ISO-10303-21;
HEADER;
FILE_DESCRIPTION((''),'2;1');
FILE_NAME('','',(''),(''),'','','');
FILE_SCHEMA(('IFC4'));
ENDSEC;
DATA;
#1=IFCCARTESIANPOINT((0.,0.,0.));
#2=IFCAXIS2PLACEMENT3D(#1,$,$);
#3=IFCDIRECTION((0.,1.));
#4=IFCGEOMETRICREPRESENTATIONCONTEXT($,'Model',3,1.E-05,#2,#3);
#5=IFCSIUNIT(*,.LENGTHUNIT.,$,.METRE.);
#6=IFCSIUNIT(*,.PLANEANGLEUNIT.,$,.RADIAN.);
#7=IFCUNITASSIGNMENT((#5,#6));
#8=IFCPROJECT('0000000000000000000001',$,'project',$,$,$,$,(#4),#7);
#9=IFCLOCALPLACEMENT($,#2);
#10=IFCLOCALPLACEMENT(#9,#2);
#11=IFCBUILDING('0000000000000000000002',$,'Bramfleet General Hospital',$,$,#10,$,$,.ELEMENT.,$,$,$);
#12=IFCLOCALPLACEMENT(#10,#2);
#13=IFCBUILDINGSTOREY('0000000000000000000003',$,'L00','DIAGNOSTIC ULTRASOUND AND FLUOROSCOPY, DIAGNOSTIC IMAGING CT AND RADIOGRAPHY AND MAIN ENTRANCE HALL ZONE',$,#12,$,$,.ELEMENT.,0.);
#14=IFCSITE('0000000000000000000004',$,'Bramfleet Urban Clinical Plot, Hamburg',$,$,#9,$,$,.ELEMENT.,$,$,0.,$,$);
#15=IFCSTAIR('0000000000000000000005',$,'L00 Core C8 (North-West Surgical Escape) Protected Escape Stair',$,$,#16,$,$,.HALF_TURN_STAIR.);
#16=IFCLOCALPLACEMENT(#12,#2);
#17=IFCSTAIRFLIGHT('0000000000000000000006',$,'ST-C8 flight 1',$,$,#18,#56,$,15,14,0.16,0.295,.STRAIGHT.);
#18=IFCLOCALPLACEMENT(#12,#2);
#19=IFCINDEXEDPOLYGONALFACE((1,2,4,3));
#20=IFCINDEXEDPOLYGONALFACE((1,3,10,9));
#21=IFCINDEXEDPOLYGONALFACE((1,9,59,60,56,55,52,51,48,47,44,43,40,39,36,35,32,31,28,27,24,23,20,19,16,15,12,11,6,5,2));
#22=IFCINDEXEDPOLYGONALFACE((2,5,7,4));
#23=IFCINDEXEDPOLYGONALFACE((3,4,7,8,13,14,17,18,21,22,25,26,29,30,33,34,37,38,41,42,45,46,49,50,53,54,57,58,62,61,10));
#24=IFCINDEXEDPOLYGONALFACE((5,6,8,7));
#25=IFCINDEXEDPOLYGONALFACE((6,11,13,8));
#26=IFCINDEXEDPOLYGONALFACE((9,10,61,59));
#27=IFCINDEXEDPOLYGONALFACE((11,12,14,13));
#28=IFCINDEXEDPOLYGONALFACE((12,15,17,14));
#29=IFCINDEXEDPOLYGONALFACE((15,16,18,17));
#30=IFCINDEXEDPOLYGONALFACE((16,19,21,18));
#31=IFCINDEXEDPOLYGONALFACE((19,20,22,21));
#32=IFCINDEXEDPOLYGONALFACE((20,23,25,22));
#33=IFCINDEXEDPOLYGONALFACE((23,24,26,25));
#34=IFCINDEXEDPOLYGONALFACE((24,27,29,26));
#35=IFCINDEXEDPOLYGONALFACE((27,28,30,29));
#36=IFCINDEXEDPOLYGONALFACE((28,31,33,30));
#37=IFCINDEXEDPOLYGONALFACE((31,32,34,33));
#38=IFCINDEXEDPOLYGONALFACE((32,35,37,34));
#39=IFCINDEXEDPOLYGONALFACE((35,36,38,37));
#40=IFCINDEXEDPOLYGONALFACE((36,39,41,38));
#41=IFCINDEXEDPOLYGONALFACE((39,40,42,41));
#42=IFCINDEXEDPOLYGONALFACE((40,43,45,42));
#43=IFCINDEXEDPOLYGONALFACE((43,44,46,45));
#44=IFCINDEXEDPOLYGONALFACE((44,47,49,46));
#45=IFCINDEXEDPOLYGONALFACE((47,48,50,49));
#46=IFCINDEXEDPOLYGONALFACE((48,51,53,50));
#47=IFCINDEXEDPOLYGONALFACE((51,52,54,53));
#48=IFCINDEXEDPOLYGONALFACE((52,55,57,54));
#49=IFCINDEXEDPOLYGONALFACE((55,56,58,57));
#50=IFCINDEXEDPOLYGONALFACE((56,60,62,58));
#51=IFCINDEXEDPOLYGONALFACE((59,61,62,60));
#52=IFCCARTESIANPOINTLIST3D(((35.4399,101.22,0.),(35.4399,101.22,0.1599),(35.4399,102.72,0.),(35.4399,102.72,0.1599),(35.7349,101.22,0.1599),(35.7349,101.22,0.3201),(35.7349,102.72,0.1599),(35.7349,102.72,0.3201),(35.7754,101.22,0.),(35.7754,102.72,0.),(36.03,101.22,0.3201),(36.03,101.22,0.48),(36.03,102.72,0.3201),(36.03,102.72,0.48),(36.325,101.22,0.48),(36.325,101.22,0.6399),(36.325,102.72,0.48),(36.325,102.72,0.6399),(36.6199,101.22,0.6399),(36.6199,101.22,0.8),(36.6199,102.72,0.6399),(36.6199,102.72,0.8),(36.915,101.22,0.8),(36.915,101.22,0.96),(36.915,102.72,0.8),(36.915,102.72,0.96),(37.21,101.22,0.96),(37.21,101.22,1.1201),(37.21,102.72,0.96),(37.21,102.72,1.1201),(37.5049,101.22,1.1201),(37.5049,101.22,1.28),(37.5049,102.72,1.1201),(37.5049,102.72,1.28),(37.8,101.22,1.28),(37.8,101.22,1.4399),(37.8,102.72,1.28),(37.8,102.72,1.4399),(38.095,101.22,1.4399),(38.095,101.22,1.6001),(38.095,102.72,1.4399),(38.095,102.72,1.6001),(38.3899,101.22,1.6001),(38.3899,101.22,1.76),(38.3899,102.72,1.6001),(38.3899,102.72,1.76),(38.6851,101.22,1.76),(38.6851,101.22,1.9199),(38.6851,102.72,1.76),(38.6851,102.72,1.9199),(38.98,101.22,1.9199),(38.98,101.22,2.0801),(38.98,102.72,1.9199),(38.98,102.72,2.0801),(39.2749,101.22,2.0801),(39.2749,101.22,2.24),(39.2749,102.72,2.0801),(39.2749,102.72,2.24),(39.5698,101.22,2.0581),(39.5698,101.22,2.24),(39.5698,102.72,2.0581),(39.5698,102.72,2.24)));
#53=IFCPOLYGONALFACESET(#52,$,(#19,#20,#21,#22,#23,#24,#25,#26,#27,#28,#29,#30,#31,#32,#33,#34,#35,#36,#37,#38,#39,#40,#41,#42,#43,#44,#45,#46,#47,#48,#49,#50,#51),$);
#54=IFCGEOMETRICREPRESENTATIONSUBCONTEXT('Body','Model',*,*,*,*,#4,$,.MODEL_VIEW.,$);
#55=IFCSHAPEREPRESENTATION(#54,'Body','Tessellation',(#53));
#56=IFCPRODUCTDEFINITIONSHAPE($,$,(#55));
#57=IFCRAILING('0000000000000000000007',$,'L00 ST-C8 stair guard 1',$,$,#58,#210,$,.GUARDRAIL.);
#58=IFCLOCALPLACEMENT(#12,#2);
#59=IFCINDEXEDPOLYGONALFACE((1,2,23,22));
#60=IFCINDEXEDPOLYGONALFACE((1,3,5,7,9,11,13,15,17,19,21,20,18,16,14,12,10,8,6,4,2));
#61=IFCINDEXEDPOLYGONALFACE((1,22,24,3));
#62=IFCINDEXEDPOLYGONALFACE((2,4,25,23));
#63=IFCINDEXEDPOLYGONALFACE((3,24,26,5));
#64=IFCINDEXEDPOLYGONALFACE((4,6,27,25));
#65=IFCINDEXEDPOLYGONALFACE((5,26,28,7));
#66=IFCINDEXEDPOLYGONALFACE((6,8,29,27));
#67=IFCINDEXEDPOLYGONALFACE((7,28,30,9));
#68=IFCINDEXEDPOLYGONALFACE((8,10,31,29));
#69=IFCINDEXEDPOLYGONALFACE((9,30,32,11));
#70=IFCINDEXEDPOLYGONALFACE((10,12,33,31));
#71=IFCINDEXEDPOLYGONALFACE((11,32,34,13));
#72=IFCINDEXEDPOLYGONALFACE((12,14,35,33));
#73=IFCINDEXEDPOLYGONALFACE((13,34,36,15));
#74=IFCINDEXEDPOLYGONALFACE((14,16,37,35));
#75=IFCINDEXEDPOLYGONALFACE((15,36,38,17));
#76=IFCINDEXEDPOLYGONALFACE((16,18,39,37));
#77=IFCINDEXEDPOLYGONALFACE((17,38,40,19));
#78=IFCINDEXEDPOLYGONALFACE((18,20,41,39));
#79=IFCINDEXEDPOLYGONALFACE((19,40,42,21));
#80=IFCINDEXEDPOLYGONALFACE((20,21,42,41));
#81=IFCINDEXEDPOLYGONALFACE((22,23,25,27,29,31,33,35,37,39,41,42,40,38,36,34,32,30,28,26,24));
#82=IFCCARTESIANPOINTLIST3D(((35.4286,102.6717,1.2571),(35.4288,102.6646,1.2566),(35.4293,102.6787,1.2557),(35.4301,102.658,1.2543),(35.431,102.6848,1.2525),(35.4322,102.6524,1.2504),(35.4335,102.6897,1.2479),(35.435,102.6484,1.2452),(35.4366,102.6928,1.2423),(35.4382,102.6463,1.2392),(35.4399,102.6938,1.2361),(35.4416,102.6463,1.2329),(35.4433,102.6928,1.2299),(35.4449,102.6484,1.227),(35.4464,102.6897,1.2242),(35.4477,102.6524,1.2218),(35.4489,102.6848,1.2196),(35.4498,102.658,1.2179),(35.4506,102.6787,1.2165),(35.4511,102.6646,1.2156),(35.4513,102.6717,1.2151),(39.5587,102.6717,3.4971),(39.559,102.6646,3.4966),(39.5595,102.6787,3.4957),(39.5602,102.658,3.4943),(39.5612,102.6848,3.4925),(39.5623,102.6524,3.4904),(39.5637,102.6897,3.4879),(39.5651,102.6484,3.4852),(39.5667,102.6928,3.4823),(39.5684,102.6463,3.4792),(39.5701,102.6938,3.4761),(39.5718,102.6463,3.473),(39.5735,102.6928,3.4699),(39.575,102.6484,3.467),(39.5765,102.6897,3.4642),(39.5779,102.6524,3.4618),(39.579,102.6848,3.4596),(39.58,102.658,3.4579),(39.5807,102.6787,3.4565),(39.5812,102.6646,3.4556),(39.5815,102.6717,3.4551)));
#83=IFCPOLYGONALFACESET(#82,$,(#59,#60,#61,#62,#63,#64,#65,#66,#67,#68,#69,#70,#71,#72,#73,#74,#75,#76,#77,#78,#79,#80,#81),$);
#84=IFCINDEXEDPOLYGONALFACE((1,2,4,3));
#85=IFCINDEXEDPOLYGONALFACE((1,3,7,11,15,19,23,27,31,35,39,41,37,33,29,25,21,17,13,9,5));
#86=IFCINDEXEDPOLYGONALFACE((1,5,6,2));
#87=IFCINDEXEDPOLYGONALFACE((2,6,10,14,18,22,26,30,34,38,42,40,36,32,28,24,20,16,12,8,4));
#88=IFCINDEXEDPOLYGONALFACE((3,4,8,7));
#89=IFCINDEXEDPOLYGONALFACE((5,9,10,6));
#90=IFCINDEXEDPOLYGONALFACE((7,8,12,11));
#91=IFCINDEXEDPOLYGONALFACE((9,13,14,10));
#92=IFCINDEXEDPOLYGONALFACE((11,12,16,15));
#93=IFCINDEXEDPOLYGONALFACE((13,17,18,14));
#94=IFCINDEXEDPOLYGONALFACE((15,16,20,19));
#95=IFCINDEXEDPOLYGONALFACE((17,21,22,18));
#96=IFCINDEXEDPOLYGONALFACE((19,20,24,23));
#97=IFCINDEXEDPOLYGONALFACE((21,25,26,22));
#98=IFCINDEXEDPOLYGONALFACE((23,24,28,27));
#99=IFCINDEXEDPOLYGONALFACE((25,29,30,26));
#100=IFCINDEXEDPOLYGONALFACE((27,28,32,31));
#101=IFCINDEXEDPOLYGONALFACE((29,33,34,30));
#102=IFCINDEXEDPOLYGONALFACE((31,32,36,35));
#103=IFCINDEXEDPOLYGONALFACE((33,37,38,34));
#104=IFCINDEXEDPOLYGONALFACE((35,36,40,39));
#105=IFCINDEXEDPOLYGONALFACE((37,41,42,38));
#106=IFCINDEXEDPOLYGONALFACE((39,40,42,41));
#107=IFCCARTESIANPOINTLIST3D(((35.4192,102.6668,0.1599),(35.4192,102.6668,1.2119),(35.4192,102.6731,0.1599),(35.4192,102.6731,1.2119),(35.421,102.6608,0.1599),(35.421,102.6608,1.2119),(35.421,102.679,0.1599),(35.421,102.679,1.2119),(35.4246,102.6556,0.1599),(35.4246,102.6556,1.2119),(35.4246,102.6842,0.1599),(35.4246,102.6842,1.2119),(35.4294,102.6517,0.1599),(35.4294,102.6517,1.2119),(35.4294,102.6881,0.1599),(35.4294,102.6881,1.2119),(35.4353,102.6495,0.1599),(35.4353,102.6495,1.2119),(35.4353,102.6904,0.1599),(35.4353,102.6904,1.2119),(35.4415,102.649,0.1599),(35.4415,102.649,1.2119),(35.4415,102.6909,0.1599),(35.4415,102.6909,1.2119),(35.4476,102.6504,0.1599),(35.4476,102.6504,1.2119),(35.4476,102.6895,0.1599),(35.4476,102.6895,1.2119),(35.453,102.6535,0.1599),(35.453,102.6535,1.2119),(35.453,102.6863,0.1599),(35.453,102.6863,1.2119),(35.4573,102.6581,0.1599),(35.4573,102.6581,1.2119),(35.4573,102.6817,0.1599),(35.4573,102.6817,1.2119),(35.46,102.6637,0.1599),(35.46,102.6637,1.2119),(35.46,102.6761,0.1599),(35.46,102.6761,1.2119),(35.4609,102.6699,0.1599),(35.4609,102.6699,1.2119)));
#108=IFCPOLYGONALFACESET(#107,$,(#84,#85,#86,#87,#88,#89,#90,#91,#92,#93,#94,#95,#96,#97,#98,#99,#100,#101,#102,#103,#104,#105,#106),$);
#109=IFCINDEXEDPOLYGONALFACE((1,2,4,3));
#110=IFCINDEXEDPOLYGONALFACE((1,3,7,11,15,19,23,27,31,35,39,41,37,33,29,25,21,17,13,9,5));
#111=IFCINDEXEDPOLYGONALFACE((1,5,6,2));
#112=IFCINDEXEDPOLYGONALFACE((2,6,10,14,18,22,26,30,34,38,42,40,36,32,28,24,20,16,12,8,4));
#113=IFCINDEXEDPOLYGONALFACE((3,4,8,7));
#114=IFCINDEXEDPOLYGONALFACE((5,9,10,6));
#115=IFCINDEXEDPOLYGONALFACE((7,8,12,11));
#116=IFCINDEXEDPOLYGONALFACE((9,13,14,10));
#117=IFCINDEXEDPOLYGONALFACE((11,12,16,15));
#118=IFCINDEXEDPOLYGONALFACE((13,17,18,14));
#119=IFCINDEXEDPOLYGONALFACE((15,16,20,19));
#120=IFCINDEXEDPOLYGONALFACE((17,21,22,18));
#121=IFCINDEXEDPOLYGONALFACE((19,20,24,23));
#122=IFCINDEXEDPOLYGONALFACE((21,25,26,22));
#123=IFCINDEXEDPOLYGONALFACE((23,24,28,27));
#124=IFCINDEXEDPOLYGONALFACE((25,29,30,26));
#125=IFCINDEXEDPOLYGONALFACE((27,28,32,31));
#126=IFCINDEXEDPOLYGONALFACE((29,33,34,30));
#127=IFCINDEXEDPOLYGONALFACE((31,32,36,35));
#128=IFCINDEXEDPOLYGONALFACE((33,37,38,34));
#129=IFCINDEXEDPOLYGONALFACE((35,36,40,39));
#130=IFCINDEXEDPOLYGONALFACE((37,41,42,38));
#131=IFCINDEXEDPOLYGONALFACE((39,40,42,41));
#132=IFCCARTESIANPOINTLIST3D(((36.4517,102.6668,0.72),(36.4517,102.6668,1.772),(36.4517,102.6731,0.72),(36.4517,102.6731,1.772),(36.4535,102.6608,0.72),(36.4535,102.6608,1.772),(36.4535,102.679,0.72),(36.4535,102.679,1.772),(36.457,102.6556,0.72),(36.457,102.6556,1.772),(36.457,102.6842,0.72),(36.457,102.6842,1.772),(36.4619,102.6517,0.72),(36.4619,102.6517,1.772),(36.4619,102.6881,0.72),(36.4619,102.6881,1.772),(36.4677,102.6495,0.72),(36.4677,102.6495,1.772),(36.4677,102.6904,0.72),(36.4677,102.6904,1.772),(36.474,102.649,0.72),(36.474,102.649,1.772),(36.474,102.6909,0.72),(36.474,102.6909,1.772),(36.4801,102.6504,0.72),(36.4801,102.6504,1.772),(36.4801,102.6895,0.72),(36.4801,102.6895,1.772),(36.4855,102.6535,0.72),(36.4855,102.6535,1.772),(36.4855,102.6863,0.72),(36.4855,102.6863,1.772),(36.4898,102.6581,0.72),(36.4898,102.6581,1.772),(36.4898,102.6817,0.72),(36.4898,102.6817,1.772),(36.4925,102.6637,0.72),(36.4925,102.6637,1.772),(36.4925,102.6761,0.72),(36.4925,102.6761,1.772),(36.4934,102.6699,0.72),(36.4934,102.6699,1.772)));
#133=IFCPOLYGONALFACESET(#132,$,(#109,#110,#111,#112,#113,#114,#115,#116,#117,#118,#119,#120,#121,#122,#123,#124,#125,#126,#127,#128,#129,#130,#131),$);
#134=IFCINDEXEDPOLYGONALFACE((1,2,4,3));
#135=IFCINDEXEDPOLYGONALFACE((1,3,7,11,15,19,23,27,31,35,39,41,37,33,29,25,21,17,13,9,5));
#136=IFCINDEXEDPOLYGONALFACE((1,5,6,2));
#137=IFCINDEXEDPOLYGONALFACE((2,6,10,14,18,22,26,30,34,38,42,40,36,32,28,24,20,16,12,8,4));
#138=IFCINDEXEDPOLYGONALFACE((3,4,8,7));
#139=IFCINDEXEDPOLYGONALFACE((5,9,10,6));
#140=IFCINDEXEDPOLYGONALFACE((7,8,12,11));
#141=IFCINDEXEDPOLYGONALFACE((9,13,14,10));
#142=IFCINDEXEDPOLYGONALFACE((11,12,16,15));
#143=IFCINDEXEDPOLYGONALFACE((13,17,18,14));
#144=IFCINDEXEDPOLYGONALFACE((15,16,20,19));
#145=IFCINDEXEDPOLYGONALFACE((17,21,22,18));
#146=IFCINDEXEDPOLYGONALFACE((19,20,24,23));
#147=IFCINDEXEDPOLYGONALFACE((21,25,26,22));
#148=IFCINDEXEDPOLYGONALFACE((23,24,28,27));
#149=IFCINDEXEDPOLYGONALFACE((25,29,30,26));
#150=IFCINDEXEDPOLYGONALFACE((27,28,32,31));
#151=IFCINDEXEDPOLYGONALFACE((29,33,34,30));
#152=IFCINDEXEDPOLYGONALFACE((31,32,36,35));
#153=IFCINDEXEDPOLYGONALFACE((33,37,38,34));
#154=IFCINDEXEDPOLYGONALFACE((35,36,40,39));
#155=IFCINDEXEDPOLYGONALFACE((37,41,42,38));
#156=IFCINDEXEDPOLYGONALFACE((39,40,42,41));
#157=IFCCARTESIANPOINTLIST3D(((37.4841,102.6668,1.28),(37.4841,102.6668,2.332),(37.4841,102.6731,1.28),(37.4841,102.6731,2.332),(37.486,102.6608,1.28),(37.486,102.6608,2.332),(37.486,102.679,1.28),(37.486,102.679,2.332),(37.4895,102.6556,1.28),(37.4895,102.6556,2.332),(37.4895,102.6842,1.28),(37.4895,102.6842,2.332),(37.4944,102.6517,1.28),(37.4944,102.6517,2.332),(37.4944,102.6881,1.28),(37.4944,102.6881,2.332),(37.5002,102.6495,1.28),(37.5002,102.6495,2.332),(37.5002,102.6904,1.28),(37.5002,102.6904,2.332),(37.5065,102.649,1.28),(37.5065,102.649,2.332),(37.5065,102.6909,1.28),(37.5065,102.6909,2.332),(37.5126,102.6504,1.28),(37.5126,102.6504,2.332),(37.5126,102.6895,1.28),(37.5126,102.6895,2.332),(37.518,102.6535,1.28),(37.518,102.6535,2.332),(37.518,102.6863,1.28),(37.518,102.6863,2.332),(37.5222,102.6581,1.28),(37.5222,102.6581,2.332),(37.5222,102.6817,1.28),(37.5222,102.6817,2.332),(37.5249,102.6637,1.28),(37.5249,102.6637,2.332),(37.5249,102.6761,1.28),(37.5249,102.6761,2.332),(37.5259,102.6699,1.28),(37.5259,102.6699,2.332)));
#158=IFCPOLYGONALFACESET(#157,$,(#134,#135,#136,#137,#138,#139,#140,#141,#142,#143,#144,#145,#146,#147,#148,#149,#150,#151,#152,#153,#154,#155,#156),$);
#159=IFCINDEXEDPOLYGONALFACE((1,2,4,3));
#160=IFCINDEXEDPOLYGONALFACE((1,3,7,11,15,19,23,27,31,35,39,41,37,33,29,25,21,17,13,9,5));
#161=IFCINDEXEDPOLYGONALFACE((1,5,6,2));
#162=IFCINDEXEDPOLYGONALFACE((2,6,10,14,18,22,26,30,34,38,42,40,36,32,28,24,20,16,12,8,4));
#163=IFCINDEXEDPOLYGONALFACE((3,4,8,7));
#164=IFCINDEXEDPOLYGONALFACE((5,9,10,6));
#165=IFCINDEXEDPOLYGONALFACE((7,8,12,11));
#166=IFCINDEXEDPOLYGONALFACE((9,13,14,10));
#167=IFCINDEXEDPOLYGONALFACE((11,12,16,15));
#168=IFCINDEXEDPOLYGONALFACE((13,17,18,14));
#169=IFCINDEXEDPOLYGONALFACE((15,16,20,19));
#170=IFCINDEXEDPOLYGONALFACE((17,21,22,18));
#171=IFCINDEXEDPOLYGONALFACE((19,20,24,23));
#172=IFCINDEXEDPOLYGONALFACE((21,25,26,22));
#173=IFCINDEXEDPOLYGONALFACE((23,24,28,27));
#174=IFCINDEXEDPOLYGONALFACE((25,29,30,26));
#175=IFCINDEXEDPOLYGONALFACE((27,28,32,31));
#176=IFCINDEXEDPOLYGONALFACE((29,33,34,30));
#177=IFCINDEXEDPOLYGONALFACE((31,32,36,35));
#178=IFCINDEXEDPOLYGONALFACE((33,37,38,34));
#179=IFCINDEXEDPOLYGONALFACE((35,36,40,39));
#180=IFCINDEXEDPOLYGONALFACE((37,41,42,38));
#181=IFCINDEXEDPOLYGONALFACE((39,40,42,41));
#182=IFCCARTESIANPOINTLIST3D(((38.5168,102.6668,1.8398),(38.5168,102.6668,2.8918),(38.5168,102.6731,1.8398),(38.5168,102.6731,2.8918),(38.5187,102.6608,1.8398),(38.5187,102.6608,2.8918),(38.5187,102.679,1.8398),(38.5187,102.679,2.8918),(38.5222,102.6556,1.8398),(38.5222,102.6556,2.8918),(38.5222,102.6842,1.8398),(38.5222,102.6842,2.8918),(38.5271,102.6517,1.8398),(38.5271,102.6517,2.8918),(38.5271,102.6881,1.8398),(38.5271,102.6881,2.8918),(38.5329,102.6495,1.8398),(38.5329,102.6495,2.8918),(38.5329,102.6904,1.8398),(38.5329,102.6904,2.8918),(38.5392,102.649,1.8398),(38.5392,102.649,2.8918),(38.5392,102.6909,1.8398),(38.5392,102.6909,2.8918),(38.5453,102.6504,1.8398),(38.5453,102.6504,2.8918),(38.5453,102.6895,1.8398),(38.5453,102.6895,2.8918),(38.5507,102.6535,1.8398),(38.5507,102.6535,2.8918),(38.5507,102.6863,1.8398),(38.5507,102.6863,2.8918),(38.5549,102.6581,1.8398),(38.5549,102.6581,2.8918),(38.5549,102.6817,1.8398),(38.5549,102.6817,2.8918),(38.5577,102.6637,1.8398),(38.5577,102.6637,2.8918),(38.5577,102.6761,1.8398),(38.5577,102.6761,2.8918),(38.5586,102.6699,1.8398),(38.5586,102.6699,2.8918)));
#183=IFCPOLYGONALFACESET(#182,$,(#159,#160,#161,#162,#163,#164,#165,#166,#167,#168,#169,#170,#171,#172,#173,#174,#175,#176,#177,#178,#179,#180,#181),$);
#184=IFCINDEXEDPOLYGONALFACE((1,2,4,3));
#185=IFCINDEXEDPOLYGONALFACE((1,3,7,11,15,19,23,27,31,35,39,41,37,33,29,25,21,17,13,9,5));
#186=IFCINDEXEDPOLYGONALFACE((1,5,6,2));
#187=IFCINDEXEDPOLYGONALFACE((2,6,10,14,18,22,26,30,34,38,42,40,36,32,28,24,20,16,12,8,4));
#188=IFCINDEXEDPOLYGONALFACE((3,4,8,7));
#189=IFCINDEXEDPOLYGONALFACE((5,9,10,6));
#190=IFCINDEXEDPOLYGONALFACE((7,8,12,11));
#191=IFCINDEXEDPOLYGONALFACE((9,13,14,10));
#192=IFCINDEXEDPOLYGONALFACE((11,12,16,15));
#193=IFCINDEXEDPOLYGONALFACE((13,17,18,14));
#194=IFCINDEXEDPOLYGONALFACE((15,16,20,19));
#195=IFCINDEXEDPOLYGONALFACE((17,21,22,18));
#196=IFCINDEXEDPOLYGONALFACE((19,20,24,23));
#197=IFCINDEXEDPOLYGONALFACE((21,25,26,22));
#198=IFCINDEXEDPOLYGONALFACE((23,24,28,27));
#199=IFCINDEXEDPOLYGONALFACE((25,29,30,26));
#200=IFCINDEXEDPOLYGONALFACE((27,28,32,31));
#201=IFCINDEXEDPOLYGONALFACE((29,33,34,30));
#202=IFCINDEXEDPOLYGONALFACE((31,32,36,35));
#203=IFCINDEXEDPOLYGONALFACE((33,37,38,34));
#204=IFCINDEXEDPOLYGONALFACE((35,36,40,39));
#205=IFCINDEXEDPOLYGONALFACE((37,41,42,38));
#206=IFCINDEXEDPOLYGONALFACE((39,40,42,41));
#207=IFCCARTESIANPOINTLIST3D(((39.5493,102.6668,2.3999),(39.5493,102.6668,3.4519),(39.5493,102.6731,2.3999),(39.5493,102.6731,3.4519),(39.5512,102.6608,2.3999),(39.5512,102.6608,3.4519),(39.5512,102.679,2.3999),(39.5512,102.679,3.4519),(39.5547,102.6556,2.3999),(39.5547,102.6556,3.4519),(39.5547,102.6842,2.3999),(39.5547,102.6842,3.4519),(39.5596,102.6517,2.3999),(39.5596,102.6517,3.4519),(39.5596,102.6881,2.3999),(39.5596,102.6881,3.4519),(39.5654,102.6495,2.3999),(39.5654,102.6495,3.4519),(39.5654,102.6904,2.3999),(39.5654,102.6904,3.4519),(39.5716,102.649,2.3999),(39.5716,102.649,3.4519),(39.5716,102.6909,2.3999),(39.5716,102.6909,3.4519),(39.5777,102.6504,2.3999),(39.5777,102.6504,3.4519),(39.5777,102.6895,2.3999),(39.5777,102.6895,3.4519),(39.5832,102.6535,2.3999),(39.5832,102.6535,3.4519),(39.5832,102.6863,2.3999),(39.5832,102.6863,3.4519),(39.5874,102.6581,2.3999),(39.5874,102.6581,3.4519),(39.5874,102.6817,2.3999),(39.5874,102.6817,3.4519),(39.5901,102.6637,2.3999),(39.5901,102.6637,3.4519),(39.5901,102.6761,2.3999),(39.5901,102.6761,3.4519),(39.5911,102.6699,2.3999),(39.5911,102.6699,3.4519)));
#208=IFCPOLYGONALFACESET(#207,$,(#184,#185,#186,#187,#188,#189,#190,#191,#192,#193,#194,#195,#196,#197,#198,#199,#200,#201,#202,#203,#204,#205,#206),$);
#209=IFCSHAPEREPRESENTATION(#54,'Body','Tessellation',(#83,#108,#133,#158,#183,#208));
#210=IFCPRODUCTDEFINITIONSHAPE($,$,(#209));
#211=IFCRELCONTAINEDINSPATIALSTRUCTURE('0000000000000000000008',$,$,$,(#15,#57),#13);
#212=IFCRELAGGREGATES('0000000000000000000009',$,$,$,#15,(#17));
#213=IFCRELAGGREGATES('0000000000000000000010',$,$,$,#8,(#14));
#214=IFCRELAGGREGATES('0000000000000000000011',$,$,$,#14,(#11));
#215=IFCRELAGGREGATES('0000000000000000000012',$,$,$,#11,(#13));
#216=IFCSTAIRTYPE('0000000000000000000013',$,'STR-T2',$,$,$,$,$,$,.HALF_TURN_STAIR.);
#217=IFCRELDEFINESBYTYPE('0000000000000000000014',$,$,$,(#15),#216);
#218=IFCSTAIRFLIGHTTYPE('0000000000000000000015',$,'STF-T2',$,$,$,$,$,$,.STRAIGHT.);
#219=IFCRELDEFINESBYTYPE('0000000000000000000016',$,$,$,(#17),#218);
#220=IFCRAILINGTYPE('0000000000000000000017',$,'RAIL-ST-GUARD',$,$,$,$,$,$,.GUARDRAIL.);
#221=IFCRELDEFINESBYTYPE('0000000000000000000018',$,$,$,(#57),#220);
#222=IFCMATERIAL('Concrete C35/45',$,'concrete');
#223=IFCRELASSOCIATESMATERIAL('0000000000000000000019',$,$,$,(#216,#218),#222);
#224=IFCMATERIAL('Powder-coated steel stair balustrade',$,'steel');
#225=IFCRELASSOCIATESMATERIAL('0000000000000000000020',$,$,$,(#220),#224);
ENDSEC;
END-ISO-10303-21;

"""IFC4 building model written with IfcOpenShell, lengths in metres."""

from ifc_helpers import new_model, si_unit, direction, frame, origin, origin_2d, place, context, subcontext, project, spatial, polyline, circle, outline, extrude, material, type_object, element, aggregate, save


model = new_model("IFC4")

# Units and contexts
model_context = context("Model", 3, precision=1e-05, world=origin(), true_north=direction((0.0, 1.0)))
body_context = subcontext(model_context, "Body", "Model", "MODEL_VIEW")
ifc_project = project(units=[si_unit("LENGTHUNIT", "METRE"), si_unit("PLANEANGLEUNIT", "RADIAN")], contexts=[model_context])

# Site, building, storey
site_placement = place(None, origin())
site = spatial("IfcSite", under=ifc_project, at=site_placement, Name="Bramfleet Urban Clinical Plot, Hamburg", CompositionType="ELEMENT", RefElevation=0.0)
building_placement = place(site_placement, origin())
building = spatial("IfcBuilding", under=site, at=building_placement, Name="Bramfleet General Hospital", CompositionType="ELEMENT")
storey_placement = place(building_placement, origin())
storey = spatial("IfcBuildingStorey", under=building, at=storey_placement, Name="L00", Description="DIAGNOSTIC ULTRASOUND AND FLUOROSCOPY, DIAGNOSTIC IMAGING CT AND RADIOGRAPHY AND MAIN ENTRANCE HALL ZONE", CompositionType="ELEMENT", Elevation=0.0)

# Shared definitions
ifc_material_1 = material(Name="Concrete C35/45", Category="concrete")

# Stair, stair flight
stair_type = type_object("IfcStairType", Name="STR-T2", PredefinedType="HALF_TURN_STAIR", material=ifc_material_1)
stair_placement = place(storey_placement, origin())
stair = element("IfcStair", 1, at=stair_placement, inside=storey, type_object=stair_type, Name="L00 Core C8 (North-West Surgical Escape) Protected Escape Stair", PredefinedType="HALF_TURN_STAIR")
stair_flight_type = type_object("IfcStairFlightType", Name="STF-T2", PredefinedType="STRAIGHT", material=ifc_material_1)
stair_flight_placement = place(storey_placement, frame((35.4399, 101.97, 0.0), z_axis=(0.0, 0.0, 1.0), x_axis=(1.0, 0.0, 0.0)))
stair_flight = element("IfcStairFlight", 2, at=stair_flight_placement, type_object=stair_flight_type, Name="ST-C8 flight 1", NumberOfRisers=15, NumberOfTreads=14, PredefinedType="STRAIGHT", RiserHeight=0.16, TreadLength=0.295, context=body_context, shape_type="SweptSolid", body=[
    extrude(outline(polyline([(0.0, 0.0), (0.0, 0.1599), (0.2949, 0.1599), (0.2949, 0.3201), (0.5901, 0.3201), (0.5901, 0.48), (0.885, 0.48), (0.885, 0.6399), (1.1799, 0.6399), (1.1799, 0.8), (1.4751, 0.8), (1.4751, 0.96), (1.77, 0.96), (1.77, 1.1201), (2.0649, 1.1201), (2.0649, 1.28), (2.3601, 1.28), (2.3601, 1.4399), (2.655, 1.4399), (2.655, 1.6001), (2.95, 1.6001), (2.95, 1.76), (3.2451, 1.76), (3.2451, 1.9199), (3.54, 1.9199), (3.54, 2.0801), (3.835, 2.0801), (3.835, 2.24), (4.1299, 2.24), (4.1299, 2.3999), (4.1299, 2.0581), (0.3354, 0.0), (0.0, 0.0)])), frame((0.0, 0.75, 0.0), z_axis=(0.0, -1.0, 0.0), x_axis=(1.0, 0.0, 0.0)), (0.0, 0.0, 1.0), 1.5),
])
aggregate(stair, [stair_flight])

# Railing
ifc_material_2 = material(Name="Powder-coated steel stair balustrade", Category="steel")
railing_type_1 = type_object("IfcRailingType", Name="RAIL-ST-GUARD", PredefinedType="GUARDRAIL", material=ifc_material_2)
railing_1_placement = place(storey_placement, frame((35.4399, 102.6699, 0.1599)))
element("IfcRailing", 3, at=railing_1_placement, inside=storey, type_object=railing_type_1, Name="L00 ST-C8 stair guard 1", PredefinedType="GUARDRAIL", context=body_context, shape_type="SweptSolid", body=[
    extrude(circle(Radius=0.0239, at=origin_2d()), frame((0.0, 0.0, 1.0762), z_axis=(0.879039, 0.0, 0.47675), x_axis=(0.0, 1.0, 0.0)), (0.0, 0.0, 1.0), 4.6985),
    extrude(circle(Radius=0.021, at=origin_2d()), origin(), (0.0, 0.0, 1.0), 1.052),
    extrude(circle(Radius=0.021, at=origin_2d()), frame((1.0325, 0.0, 0.5601)), (0.0, 0.0, 1.0), 1.052),
    extrude(circle(Radius=0.021, at=origin_2d()), frame((2.0649, 0.0, 1.1201)), (0.0, 0.0, 1.0), 1.052),
    extrude(circle(Radius=0.021, at=origin_2d()), frame((3.0977, 0.0, 1.6799)), (0.0, 0.0, 1.0), 1.052),
    extrude(circle(Radius=0.021, at=origin_2d()), frame((4.1301, 0.0, 2.24)), (0.0, 0.0, 1.0), 1.052),
])

save(model, "model.ifc")
